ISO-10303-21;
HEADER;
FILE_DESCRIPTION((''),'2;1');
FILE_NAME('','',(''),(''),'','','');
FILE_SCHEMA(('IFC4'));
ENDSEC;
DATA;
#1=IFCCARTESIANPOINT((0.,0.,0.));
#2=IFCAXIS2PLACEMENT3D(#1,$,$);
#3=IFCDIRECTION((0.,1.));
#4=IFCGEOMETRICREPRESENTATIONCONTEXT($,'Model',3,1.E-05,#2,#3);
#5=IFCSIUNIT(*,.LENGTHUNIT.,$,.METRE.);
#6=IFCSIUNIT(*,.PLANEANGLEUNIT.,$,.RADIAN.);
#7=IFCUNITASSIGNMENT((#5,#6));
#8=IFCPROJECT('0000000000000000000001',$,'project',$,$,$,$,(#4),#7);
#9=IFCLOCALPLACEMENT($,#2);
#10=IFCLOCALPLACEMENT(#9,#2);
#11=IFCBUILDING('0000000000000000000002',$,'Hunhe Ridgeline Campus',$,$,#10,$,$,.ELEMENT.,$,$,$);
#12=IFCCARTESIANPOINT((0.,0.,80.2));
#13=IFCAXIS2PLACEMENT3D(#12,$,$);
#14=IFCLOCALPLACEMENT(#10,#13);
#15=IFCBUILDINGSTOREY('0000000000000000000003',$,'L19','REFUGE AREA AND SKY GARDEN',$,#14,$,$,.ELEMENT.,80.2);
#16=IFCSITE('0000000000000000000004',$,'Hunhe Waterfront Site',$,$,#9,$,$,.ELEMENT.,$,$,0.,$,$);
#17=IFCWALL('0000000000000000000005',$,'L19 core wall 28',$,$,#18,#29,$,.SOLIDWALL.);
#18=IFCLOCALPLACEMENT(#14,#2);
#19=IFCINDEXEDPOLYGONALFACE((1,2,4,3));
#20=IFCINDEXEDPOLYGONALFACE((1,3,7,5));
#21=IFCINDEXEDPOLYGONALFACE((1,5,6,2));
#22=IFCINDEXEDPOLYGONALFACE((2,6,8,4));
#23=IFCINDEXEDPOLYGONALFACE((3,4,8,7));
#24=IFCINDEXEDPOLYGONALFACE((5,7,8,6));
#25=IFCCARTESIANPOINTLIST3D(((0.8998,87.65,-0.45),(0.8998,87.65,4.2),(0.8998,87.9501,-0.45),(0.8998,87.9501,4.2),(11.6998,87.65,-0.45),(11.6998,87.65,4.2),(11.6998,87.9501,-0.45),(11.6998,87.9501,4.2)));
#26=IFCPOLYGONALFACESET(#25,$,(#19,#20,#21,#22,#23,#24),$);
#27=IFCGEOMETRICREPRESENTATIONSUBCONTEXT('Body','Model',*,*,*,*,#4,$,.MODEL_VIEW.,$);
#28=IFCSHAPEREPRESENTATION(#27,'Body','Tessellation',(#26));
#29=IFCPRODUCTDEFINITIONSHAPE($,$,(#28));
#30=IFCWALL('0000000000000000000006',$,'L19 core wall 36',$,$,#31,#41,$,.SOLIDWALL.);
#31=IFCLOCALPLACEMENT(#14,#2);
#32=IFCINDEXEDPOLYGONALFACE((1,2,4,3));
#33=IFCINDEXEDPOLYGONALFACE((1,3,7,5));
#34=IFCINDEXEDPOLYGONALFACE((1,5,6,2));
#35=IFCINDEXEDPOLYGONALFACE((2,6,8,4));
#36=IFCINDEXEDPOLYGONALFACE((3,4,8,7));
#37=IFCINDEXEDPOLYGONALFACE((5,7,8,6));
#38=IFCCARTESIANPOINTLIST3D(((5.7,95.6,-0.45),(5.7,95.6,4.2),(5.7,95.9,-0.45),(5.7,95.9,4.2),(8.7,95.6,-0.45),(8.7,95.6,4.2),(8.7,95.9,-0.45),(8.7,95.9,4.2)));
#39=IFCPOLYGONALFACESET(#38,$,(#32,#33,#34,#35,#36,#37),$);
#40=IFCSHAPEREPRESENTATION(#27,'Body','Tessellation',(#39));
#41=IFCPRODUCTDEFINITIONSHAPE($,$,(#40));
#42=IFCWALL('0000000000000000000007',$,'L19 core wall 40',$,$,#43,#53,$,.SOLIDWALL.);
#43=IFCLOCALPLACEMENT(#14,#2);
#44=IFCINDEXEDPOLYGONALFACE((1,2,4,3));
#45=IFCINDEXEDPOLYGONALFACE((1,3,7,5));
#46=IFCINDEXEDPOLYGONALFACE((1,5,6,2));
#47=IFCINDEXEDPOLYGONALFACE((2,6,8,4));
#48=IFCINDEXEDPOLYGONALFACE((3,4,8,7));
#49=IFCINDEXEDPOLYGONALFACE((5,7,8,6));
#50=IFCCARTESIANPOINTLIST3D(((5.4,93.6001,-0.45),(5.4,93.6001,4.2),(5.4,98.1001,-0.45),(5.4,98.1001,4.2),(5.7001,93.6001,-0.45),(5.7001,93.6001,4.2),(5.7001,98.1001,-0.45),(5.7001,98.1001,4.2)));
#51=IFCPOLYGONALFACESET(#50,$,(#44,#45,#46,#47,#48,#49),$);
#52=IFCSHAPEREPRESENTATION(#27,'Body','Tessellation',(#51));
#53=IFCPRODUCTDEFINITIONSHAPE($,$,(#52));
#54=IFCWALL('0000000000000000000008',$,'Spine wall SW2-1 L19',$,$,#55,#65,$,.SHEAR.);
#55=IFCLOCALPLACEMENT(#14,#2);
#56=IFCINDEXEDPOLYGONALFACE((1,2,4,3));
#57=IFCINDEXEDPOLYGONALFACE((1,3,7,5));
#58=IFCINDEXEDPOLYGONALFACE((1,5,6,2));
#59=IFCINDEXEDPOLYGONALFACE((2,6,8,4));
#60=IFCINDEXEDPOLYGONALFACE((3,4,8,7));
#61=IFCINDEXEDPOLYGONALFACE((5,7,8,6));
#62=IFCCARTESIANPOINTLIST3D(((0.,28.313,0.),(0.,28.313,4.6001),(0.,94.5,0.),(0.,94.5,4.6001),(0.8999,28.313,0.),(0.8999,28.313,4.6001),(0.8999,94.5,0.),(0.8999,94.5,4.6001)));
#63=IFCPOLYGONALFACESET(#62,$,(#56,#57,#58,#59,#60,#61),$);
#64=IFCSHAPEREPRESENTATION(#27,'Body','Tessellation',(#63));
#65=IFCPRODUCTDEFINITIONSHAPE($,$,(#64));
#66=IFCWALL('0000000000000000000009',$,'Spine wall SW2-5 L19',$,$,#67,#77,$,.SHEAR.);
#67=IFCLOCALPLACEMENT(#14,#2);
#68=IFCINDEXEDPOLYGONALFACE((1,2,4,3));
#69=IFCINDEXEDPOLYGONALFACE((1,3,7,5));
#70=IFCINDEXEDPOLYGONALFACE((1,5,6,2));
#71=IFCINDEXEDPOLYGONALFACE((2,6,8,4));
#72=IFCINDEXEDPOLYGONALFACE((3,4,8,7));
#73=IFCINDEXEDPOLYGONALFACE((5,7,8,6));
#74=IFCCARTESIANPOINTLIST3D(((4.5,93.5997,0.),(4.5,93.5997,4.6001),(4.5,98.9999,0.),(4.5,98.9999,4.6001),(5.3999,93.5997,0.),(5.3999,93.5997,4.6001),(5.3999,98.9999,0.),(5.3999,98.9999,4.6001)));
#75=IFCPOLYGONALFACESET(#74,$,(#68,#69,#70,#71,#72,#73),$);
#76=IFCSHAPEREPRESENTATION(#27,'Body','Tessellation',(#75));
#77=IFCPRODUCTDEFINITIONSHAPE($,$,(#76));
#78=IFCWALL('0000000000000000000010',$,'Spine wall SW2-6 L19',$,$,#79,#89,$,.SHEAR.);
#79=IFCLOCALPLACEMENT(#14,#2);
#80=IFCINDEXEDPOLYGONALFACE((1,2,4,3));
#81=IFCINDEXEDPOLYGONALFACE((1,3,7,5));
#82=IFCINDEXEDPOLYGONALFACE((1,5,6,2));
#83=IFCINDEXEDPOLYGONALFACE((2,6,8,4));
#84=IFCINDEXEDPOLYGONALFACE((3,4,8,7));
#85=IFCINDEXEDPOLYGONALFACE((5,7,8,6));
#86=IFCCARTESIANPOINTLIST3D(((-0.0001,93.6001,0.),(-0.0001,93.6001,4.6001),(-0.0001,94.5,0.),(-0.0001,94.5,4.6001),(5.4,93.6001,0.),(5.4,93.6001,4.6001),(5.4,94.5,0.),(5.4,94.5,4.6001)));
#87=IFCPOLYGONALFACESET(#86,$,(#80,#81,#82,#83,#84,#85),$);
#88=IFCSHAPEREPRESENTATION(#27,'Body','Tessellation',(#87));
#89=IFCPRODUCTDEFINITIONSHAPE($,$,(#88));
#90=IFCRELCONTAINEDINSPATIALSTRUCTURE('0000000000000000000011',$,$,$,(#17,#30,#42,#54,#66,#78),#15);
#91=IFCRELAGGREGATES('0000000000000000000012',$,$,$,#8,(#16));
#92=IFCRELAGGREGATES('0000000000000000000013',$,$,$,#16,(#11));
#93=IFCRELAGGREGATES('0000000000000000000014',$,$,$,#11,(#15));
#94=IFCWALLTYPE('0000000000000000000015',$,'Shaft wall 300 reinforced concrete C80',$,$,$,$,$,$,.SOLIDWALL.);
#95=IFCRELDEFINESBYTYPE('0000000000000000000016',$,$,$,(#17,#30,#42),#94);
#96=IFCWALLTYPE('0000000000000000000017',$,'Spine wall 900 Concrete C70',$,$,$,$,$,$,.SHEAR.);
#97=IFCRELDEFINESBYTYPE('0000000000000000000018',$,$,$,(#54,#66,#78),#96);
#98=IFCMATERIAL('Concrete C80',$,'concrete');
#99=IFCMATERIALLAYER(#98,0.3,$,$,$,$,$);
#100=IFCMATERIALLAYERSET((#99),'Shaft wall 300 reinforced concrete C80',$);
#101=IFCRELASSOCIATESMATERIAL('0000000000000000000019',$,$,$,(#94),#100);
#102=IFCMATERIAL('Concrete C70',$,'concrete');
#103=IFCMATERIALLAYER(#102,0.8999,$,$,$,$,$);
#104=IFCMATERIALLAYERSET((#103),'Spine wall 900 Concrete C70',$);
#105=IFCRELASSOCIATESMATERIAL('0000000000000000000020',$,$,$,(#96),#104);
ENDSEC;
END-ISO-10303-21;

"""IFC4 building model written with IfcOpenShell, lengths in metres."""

from ifc_helpers import new_model, si_unit, direction, frame, frame_2d, origin, place, context, subcontext, project, spatial, rectangle, extrude, material, layer, layer_set, type_object, element, save


model = new_model("IFC4")

# Units and contexts
model_context = context("Model", 3, precision=1e-05, world=origin(), true_north=direction((0.0, 1.0)))
body_context = subcontext(model_context, "Body", "Model", "MODEL_VIEW")
ifc_project = project(units=[si_unit("LENGTHUNIT", "METRE"), si_unit("PLANEANGLEUNIT", "RADIAN")], contexts=[model_context])

# Site, building, storey
site_placement = place(None, origin())
site = spatial("IfcSite", under=ifc_project, at=site_placement, Name="Hunhe Waterfront Site", CompositionType="ELEMENT", RefElevation=0.0)
building_placement = place(site_placement, origin())
building = spatial("IfcBuilding", under=site, at=building_placement, Name="Hunhe Ridgeline Campus", CompositionType="ELEMENT")
storey_placement = place(building_placement, frame((0.0, 0.0, 80.2)))
storey = spatial("IfcBuildingStorey", under=building, at=storey_placement, Name="L19", Description="REFUGE AREA AND SKY GARDEN", CompositionType="ELEMENT", Elevation=80.2)

# Shared definitions
ifc_material_1 = material(Name="Concrete C80", Category="concrete")

# Wall
ifc_layer_1 = layer(ifc_material_1, 0.3)
ifc_layer_set_1 = layer_set([ifc_layer_1], Name="Shaft wall 300 reinforced concrete C80")
wall_type_1 = type_object("IfcWallType", Name="Shaft wall 300 reinforced concrete C80", PredefinedType="SOLIDWALL", material=ifc_layer_set_1)
wall_1_placement = place(storey_placement, frame((0.8999, 87.8, -0.45), z_axis=(0.0, 0.0, 1.0), x_axis=(1.0, 0.0, 0.0)))
element("IfcWall", 1, at=wall_1_placement, inside=storey, type_object=wall_type_1, Name="L19 core wall 28", PredefinedType="SOLIDWALL", context=body_context, shape_type="SweptSolid", body=[
    extrude(rectangle(XDim=10.8, YDim=0.3, at=frame_2d((5.3999, 0.0))), origin(), (0.0, 0.0, 1.0), 4.6499),
])

# Walls
wall_2_placement = place(storey_placement, frame((5.7, 95.75, -0.45), z_axis=(0.0, 0.0, 1.0), x_axis=(1.0, 0.0, 0.0)))
element("IfcWall", 2, at=wall_2_placement, inside=storey, type_object=wall_type_1, Name="L19 core wall 36", PredefinedType="SOLIDWALL", context=body_context, shape_type="SweptSolid", body=[
    extrude(rectangle(XDim=3.0, YDim=0.3, at=frame_2d((1.5, 0.0))), origin(), (0.0, 0.0, 1.0), 4.6499),
])
wall_3_placement = place(storey_placement, frame((5.55, 93.6001, -0.45), z_axis=(0.0, 0.0, 1.0), x_axis=(0.0, 1.0, 0.0)))
element("IfcWall", 3, at=wall_3_placement, inside=storey, type_object=wall_type_1, Name="L19 core wall 40", PredefinedType="SOLIDWALL", context=body_context, shape_type="SweptSolid", body=[
    extrude(rectangle(XDim=4.5, YDim=0.3, at=frame_2d((2.25, 0.0))), origin(), (0.0, 0.0, 1.0), 4.6499),
])

# Walls
ifc_material_2 = material(Name="Concrete C70", Category="concrete")
ifc_layer_2 = layer(ifc_material_2, 0.8999)
ifc_layer_set_2 = layer_set([ifc_layer_2], Name="Spine wall 900 Concrete C70")
wall_type_2 = type_object("IfcWallType", Name="Spine wall 900 Concrete C70", PredefinedType="SHEAR", material=ifc_layer_set_2)
wall_4_placement = place(storey_placement, frame((0.45, 94.5, 0.0), z_axis=(0.0, 0.0, 1.0), x_axis=(0.0, -1.0, 0.0)))
element("IfcWall", 4, at=wall_4_placement, inside=storey, type_object=wall_type_2, Name="Spine wall SW2-1 L19", PredefinedType="SHEAR", context=body_context, shape_type="SweptSolid", body=[
    extrude(rectangle(XDim=66.187, YDim=0.8999, at=frame_2d((33.0935, 0.0))), origin(), (0.0, 0.0, 1.0), 4.6001),
])
for number, where, z_axis, x_axis, name in (
    (5, (4.95, 99.0, 0.0), (0.0, 0.0, 1.0), (0.0, -1.0, 0.0), "Spine wall SW2-5 L19"),
    (6, (5.4001, 94.05, 0.0), (0.0, 0.0, 1.0), (-1.0, 0.0, 0.0), "Spine wall SW2-6 L19"),
):
    element("IfcWall", number, at=place(storey_placement, frame(where, z_axis=z_axis, x_axis=x_axis)), inside=storey, type_object=wall_type_2, Name=name, PredefinedType="SHEAR", context=body_context, shape_type="SweptSolid", body=[
        extrude(rectangle(XDim=5.4001, YDim=0.8999, at=frame_2d((2.7002, 0.0))), origin(), (0.0, 0.0, 1.0), 4.6001),
    ])

save(model, "model.ifc")
